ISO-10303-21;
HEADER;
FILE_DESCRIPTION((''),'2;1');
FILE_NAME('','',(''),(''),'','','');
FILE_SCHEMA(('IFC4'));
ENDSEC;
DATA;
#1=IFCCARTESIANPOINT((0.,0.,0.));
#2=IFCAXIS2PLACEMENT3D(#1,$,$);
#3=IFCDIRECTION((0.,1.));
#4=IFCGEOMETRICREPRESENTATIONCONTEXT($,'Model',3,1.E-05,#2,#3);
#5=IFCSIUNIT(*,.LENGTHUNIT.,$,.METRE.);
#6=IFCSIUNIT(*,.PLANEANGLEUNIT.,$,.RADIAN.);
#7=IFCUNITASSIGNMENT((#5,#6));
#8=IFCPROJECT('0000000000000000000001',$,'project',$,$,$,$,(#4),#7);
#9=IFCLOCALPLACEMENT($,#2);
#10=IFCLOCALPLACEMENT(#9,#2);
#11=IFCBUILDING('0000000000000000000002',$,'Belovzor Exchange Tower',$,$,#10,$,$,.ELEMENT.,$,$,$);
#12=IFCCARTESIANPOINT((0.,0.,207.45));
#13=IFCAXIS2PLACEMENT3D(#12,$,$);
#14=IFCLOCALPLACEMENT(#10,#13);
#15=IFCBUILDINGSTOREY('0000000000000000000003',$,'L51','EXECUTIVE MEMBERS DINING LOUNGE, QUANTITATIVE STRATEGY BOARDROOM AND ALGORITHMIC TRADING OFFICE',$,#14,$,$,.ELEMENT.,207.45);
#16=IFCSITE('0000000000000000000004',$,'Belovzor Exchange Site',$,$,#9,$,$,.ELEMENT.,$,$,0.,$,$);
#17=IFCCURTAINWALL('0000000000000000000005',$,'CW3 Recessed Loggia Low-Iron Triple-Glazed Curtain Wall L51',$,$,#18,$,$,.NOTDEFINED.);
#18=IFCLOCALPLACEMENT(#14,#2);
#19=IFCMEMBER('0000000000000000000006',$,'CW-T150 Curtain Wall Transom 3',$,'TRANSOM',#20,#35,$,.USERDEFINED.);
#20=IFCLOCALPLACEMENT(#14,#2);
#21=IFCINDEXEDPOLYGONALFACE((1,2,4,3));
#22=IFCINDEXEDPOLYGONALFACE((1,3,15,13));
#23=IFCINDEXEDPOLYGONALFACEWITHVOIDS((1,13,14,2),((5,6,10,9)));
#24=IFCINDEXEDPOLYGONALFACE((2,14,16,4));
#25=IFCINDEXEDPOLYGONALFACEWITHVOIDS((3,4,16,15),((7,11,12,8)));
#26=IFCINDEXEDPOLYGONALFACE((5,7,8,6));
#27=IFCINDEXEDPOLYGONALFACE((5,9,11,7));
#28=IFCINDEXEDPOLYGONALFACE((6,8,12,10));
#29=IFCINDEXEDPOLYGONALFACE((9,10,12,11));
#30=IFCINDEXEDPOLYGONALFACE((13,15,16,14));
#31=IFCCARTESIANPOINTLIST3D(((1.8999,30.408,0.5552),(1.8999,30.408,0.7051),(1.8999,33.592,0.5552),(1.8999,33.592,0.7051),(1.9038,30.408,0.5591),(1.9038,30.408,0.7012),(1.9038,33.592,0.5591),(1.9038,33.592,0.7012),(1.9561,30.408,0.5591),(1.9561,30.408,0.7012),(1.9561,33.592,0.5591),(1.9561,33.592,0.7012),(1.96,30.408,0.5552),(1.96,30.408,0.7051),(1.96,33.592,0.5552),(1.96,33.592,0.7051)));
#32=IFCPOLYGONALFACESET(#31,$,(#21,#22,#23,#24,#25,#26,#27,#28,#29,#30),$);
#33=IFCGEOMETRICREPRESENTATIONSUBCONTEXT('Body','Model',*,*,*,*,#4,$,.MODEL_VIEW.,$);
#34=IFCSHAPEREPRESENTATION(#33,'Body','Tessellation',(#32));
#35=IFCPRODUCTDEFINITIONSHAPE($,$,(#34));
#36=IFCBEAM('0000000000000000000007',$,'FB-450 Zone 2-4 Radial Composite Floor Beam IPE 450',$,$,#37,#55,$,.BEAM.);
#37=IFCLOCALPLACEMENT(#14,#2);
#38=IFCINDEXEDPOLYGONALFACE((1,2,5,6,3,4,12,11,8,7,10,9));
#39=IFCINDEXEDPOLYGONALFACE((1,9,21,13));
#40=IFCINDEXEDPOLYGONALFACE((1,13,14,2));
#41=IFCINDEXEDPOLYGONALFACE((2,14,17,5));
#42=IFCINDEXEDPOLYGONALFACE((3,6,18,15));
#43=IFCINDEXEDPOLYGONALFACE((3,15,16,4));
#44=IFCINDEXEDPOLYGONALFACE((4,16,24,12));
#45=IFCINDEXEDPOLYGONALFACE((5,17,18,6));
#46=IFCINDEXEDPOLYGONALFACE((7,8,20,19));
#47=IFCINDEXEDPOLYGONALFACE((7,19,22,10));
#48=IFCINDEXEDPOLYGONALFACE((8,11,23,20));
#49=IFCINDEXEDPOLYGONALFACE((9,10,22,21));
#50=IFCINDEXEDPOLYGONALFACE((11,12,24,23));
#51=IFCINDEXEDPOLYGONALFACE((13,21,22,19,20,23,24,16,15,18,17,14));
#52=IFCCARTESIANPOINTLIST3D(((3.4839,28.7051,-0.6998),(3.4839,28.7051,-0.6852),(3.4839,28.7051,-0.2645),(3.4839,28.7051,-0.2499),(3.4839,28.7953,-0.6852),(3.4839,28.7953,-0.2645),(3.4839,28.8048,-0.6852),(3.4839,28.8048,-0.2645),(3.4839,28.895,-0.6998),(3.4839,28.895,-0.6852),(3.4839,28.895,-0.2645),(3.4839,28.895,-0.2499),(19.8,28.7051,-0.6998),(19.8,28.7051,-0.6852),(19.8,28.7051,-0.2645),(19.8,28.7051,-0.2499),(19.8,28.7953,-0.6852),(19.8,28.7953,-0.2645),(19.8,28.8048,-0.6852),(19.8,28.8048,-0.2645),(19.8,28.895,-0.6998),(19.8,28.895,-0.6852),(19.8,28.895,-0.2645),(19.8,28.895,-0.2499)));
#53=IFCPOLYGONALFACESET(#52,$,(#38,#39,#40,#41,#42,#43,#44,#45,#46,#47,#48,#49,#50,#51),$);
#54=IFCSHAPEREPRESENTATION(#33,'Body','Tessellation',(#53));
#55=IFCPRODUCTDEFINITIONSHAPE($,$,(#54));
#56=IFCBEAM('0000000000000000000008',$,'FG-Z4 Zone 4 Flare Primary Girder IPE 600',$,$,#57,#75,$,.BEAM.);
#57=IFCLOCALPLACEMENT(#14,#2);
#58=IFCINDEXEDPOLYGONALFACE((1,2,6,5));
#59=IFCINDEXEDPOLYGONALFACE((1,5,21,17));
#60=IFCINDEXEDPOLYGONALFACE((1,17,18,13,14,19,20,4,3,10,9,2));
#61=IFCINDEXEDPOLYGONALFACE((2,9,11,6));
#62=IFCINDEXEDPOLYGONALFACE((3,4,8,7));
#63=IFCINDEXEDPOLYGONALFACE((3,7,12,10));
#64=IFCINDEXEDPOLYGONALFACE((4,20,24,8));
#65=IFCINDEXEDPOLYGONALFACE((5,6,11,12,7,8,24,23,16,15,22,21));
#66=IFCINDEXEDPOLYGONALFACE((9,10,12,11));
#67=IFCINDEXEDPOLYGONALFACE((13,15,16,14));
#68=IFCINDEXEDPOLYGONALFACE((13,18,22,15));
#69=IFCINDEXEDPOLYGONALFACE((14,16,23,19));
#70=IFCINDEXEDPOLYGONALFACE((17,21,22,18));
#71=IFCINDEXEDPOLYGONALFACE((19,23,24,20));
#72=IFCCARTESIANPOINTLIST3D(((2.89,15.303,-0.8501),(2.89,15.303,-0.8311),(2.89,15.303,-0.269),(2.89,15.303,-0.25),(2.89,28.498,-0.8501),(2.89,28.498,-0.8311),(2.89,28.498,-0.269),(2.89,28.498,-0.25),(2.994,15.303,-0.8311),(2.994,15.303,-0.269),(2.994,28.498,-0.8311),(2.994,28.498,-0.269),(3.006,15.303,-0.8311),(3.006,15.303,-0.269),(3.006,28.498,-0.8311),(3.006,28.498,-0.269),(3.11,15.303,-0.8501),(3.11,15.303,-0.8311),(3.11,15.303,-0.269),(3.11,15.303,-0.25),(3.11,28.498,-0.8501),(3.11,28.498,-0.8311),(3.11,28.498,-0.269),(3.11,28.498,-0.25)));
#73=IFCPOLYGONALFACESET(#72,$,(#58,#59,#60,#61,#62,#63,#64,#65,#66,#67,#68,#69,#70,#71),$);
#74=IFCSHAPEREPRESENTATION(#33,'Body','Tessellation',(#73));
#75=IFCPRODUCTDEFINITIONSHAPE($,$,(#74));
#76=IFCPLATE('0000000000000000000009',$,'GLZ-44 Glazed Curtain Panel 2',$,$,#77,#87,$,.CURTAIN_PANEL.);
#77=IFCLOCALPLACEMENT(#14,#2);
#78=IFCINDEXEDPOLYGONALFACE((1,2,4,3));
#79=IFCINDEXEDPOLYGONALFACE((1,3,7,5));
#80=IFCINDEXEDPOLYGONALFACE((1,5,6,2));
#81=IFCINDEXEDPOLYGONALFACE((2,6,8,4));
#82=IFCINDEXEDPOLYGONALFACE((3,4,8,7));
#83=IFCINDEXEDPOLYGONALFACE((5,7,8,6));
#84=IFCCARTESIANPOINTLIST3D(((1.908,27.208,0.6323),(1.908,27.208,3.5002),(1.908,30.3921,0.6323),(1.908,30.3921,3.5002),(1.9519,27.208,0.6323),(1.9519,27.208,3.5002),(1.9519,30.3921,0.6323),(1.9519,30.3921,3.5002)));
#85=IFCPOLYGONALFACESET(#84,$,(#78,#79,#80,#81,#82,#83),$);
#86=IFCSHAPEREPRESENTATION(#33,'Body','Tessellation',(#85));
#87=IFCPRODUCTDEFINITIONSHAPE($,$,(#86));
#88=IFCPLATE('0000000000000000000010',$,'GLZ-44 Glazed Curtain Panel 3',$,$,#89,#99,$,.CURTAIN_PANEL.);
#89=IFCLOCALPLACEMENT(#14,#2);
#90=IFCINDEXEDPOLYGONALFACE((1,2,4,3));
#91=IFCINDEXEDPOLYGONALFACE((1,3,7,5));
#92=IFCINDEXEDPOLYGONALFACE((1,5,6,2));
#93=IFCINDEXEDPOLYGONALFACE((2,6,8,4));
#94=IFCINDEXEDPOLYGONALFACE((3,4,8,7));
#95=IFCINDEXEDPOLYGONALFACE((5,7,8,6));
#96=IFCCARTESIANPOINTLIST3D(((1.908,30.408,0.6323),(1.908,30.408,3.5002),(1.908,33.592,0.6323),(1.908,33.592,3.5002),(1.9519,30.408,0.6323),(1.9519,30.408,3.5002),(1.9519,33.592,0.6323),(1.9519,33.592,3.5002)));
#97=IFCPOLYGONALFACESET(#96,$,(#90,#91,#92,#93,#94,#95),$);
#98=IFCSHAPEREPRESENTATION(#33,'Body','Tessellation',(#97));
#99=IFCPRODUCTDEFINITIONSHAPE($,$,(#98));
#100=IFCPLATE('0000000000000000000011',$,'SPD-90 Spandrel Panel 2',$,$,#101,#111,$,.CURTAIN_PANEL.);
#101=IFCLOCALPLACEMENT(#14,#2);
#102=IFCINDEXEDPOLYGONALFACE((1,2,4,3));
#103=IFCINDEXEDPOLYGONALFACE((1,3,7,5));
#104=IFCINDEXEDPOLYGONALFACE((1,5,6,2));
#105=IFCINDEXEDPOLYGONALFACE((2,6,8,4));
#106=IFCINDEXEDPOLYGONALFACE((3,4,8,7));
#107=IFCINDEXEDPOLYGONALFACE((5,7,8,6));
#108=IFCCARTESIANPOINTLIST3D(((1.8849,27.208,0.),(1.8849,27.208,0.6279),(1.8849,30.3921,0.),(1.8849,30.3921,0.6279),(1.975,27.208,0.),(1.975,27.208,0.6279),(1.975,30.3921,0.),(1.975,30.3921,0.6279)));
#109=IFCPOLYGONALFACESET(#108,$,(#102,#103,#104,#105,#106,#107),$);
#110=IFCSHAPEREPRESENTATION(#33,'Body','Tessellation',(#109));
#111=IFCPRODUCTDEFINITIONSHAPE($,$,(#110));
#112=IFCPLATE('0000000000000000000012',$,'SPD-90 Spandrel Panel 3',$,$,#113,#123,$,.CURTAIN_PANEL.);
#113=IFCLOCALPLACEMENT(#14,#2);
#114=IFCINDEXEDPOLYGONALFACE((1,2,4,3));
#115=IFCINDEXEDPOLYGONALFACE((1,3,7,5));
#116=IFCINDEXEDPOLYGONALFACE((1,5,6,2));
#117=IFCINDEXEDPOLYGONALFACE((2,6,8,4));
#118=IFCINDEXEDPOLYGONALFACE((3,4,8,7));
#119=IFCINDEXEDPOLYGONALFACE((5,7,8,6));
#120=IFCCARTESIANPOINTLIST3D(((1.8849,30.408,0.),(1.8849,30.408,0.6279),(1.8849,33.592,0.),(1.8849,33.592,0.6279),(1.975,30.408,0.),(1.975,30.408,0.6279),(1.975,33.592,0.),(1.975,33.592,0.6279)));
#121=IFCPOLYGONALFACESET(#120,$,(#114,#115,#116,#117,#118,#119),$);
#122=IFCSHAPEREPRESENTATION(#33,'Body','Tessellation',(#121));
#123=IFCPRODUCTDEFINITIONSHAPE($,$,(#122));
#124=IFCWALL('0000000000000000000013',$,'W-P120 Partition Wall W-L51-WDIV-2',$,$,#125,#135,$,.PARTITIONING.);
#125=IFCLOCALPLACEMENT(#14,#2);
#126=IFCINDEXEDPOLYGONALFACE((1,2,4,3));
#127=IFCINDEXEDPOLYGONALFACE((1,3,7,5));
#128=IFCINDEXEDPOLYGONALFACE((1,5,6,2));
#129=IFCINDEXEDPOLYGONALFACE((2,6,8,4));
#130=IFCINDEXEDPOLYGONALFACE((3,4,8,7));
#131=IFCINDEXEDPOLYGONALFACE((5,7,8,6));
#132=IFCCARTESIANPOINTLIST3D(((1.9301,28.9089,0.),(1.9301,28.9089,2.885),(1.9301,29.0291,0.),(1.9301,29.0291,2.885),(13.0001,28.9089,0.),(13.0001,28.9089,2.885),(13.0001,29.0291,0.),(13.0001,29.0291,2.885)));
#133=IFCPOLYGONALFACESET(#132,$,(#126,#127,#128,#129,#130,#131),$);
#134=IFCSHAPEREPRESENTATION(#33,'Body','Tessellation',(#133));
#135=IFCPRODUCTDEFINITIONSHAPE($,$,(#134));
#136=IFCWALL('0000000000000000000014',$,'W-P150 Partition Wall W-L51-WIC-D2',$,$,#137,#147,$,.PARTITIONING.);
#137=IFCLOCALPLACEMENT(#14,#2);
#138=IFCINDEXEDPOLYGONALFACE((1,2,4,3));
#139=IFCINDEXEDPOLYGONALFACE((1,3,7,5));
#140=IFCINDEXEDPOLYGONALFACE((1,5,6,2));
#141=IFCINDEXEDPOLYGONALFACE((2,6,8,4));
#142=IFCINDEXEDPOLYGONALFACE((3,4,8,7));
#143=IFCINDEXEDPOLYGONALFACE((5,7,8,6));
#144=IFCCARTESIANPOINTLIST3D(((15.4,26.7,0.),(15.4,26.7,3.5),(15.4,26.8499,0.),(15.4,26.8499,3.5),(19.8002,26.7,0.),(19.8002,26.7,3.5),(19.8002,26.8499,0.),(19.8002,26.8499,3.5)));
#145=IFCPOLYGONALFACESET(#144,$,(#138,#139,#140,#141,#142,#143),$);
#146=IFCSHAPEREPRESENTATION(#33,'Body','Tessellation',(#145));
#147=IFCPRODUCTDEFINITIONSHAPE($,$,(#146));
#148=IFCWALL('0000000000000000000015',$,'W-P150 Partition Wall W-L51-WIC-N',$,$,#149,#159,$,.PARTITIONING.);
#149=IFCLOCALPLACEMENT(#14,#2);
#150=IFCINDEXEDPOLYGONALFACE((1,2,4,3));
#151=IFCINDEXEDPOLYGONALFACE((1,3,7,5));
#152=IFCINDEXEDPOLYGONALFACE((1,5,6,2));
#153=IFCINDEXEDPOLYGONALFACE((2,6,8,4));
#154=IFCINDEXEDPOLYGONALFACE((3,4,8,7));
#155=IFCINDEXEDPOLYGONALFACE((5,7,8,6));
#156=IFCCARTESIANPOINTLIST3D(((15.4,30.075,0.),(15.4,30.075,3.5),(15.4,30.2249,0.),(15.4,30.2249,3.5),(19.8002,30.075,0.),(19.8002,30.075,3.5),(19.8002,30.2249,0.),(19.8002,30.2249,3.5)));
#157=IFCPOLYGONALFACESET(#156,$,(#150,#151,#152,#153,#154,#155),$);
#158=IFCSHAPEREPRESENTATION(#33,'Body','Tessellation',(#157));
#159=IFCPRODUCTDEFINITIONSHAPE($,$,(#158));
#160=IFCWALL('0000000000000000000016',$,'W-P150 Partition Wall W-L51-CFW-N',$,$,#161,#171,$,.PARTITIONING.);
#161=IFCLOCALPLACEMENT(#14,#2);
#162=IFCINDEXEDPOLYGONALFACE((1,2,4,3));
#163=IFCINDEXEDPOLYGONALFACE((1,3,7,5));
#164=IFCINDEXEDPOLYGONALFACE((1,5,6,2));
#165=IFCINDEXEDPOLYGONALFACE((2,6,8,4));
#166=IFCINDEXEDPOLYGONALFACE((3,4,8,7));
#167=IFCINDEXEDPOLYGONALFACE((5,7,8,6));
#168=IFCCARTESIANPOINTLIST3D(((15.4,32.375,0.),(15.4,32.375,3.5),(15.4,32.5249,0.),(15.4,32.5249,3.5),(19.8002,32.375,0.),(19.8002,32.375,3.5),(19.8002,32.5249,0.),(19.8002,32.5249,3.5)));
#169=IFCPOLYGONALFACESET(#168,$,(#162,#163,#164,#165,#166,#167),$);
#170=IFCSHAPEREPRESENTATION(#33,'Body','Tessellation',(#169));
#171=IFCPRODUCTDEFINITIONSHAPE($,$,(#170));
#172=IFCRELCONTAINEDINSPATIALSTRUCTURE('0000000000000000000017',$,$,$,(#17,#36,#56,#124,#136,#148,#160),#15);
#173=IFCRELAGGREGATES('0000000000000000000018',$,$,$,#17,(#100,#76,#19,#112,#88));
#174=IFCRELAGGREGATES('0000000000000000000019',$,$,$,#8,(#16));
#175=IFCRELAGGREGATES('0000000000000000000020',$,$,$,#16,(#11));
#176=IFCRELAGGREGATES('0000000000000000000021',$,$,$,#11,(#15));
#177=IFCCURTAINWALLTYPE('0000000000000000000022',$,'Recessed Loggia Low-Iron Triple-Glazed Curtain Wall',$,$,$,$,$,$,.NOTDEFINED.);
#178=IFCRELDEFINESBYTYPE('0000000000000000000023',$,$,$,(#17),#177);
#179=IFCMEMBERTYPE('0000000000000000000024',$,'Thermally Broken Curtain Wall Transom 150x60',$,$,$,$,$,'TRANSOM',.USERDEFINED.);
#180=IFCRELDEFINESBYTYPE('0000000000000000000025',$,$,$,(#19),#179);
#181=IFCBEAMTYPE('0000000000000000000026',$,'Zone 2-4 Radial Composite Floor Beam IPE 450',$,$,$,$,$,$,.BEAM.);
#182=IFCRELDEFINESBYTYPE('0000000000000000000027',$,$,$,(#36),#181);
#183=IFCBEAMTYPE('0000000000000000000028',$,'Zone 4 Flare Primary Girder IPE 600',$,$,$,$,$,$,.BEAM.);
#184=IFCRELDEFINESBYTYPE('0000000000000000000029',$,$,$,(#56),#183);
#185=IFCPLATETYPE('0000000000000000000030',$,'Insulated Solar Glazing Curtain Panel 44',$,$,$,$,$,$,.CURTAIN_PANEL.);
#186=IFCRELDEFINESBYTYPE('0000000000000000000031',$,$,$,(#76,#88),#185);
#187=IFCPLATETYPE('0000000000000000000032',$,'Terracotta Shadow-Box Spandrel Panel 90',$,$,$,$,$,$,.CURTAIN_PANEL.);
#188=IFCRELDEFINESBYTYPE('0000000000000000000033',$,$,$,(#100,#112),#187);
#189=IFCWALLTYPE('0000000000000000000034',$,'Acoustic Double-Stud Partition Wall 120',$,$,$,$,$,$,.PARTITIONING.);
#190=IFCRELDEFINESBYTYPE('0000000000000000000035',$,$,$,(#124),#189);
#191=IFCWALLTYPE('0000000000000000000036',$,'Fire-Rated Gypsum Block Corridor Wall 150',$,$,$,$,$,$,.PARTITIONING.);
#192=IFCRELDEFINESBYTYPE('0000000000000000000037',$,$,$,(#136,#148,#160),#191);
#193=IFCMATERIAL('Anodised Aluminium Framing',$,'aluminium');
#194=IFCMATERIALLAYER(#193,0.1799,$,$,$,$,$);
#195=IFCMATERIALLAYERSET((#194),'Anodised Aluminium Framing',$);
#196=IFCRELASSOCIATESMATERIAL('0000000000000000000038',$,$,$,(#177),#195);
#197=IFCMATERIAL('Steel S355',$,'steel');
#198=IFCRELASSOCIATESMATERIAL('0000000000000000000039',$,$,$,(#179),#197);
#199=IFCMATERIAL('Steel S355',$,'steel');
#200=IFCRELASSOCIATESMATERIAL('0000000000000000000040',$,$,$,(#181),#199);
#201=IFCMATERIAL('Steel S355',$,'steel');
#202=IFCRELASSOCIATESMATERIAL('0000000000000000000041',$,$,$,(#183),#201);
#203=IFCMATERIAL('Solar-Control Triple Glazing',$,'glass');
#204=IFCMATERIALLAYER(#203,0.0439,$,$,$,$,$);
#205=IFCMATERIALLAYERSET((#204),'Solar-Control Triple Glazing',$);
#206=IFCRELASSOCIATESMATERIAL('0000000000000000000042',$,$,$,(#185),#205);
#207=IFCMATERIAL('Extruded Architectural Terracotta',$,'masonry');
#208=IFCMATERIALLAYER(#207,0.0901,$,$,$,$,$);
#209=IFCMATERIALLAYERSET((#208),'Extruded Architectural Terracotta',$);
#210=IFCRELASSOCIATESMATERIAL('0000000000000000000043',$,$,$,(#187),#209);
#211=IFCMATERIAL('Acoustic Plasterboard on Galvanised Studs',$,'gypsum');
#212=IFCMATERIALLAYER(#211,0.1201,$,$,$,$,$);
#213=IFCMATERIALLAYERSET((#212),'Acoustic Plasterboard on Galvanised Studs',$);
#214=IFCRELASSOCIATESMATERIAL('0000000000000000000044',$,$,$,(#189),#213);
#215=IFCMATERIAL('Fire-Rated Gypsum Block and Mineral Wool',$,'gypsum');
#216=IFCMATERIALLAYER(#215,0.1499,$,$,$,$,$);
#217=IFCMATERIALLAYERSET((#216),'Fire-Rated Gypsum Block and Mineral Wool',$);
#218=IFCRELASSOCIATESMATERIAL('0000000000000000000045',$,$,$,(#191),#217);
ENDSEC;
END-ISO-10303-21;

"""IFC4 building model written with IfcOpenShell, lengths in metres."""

from ifc_helpers import new_model, si_unit, direction, frame, frame_2d, origin, origin_2d, place, context, subcontext, project, spatial, rectangle, hollow_rectangle, i_section, extrude, material, layer, layer_set, material_profile, profile_set, type_object, element, aggregate, save


model = new_model("IFC4")

# Units and contexts
model_context = context("Model", 3, precision=1e-05, world=origin(), true_north=direction((0.0, 1.0)))
body_context = subcontext(model_context, "Body", "Model", "MODEL_VIEW")
ifc_project = project(units=[si_unit("LENGTHUNIT", "METRE"), si_unit("PLANEANGLEUNIT", "RADIAN")], contexts=[model_context])

# Site, building, storey
site_placement = place(None, origin())
site = spatial("IfcSite", under=ifc_project, at=site_placement, Name="Belovzor Exchange Site", CompositionType="ELEMENT", RefElevation=0.0)
building_placement = place(site_placement, origin())
building = spatial("IfcBuilding", under=site, at=building_placement, Name="Belovzor Exchange Tower", CompositionType="ELEMENT")
storey_placement = place(building_placement, frame((0.0, 0.0, 207.45)))
storey = spatial("IfcBuildingStorey", under=building, at=storey_placement, Name="L51", Description="EXECUTIVE MEMBERS DINING LOUNGE, QUANTITATIVE STRATEGY BOARDROOM AND ALGORITHMIC TRADING OFFICE", CompositionType="ELEMENT", Elevation=207.45)

# Curtain wall, member
ifc_material_1 = material(Name="Anodised Aluminium Framing", Category="aluminium")
ifc_layer_1 = layer(ifc_material_1, 0.1799)
ifc_layer_set_1 = layer_set([ifc_layer_1], Name="Anodised Aluminium Framing")
curtain_wall_type = type_object("IfcCurtainWallType", Name="Recessed Loggia Low-Iron Triple-Glazed Curtain Wall", PredefinedType="NOTDEFINED", material=ifc_layer_set_1)
curtain_wall_placement = place(storey_placement, origin())
curtain_wall = element("IfcCurtainWall", 1, at=curtain_wall_placement, inside=storey, type_object=curtain_wall_type, Name="CW3 Recessed Loggia Low-Iron Triple-Glazed Curtain Wall L51", PredefinedType="NOTDEFINED")
ifc_material_2 = material(Name="Steel S355", Category="steel")
ifc_material_profile_1 = material_profile(ifc_material_2, hollow_rectangle(XDim=0.0601, YDim=0.1499, WallThickness=0.0039, at=origin_2d()))
ifc_profile_set_1 = profile_set([ifc_material_profile_1], Name="Steel S355")
member_type_1 = type_object("IfcMemberType", Name="Thermally Broken Curtain Wall Transom 150x60", ElementType="TRANSOM", PredefinedType="USERDEFINED", material=ifc_profile_set_1)
member_1_placement = place(storey_placement, frame((1.9299, 30.408, 0.6301), z_axis=(0.0, 1.0, 0.0), x_axis=(-1.0, 0.0, 0.0)))
member_1 = element("IfcMember", 2, at=member_1_placement, type_object=member_type_1, Name="CW-T150 Curtain Wall Transom 3", ObjectType="TRANSOM", PredefinedType="USERDEFINED", context=body_context, shape_type="SweptSolid", body=[
    extrude(hollow_rectangle(XDim=0.0601, YDim=0.1499, WallThickness=0.0039, at=origin_2d()), origin(), (0.0, 0.0, 1.0), 3.1841),
])

# Beams
ifc_material_3 = material(Name="Steel S355", Category="steel")
ifc_material_profile_2 = material_profile(ifc_material_3, i_section(OverallWidth=0.1899, OverallDepth=0.45, WebThickness=0.0095, FlangeThickness=0.0146, at=origin_2d()))
ifc_profile_set_2 = profile_set([ifc_material_profile_2], Name="Steel S355")
beam_type_1 = type_object("IfcBeamType", Name="Zone 2-4 Radial Composite Floor Beam IPE 450", PredefinedType="BEAM", material=ifc_profile_set_2)
beam_1_placement = place(storey_placement, frame((19.8, 28.8, -0.4749), z_axis=(-1.0, 0.0, 0.0), x_axis=(0.0, -1.0, 0.0)))
element("IfcBeam", 3, at=beam_1_placement, inside=storey, type_object=beam_type_1, Name="FB-450 Zone 2-4 Radial Composite Floor Beam IPE 450", PredefinedType="BEAM", context=body_context, shape_type="SweptSolid", body=[
    extrude(i_section(OverallWidth=0.1899, OverallDepth=0.45, WebThickness=0.0095, FlangeThickness=0.0146, at=origin_2d()), origin(), (0.0, 0.0, 1.0), 16.3162),
])
ifc_material_4 = material(Name="Steel S355", Category="steel")
ifc_material_profile_3 = material_profile(ifc_material_4, i_section(OverallWidth=0.22, OverallDepth=0.6001, WebThickness=0.012, FlangeThickness=0.019, at=origin_2d()))
ifc_profile_set_3 = profile_set([ifc_material_profile_3], Name="Steel S355")
beam_type_2 = type_object("IfcBeamType", Name="Zone 4 Flare Primary Girder IPE 600", PredefinedType="BEAM", material=ifc_profile_set_3)
beam_2_placement = place(storey_placement, frame((3.0, 28.498, -0.55), z_axis=(0.0, -1.0, 0.0), x_axis=(1.0, 0.0, 0.0)))
element("IfcBeam", 4, at=beam_2_placement, inside=storey, type_object=beam_type_2, Name="FG-Z4 Zone 4 Flare Primary Girder IPE 600", PredefinedType="BEAM", context=body_context, shape_type="SweptSolid", body=[
    extrude(i_section(OverallWidth=0.22, OverallDepth=0.6001, WebThickness=0.012, FlangeThickness=0.019, at=origin_2d()), origin(), (0.0, 0.0, 1.0), 13.1951),
])

# Plates
ifc_material_5 = material(Name="Solar-Control Triple Glazing", Category="glass")
ifc_layer_2 = layer(ifc_material_5, 0.0439)
ifc_layer_set_2 = layer_set([ifc_layer_2], Name="Solar-Control Triple Glazing")
plate_type_1 = type_object("IfcPlateType", Name="Insulated Solar Glazing Curtain Panel 44", PredefinedType="CURTAIN_PANEL", material=ifc_layer_set_2)
plate_1_placement = place(storey_placement, frame((1.9299, 28.8, 0.6323), z_axis=(0.0, 0.0, 1.0), x_axis=(0.0, 1.0, 0.0)))
plate_1 = element("IfcPlate", 5, at=plate_1_placement, type_object=plate_type_1, Name="GLZ-44 Glazed Curtain Panel 2", PredefinedType="CURTAIN_PANEL", context=body_context, shape_type="SweptSolid", body=[
    extrude(rectangle(XDim=3.1841, YDim=0.0439, at=origin_2d()), origin(), (0.0, 0.0, 1.0), 2.8679),
])
plate_2_placement = place(storey_placement, frame((1.9299, 32.0, 0.6323), z_axis=(0.0, 0.0, 1.0), x_axis=(0.0, 1.0, 0.0)))
plate_2 = element("IfcPlate", 6, at=plate_2_placement, type_object=plate_type_1, Name="GLZ-44 Glazed Curtain Panel 3", PredefinedType="CURTAIN_PANEL", context=body_context, shape_type="SweptSolid", body=[
    extrude(rectangle(XDim=3.1841, YDim=0.0439, at=origin_2d()), origin(), (0.0, 0.0, 1.0), 2.8679),
])
ifc_material_6 = material(Name="Extruded Architectural Terracotta", Category="masonry")
ifc_layer_3 = layer(ifc_material_6, 0.0901)
ifc_layer_set_3 = layer_set([ifc_layer_3], Name="Extruded Architectural Terracotta")
plate_type_2 = type_object("IfcPlateType", Name="Terracotta Shadow-Box Spandrel Panel 90", PredefinedType="CURTAIN_PANEL", material=ifc_layer_set_3)
plate_3_placement = place(storey_placement, frame((1.9299, 28.8, 0.0), z_axis=(0.0, 0.0, 1.0), x_axis=(0.0, 1.0, 0.0)))
plate_3 = element("IfcPlate", 7, at=plate_3_placement, type_object=plate_type_2, Name="SPD-90 Spandrel Panel 2", PredefinedType="CURTAIN_PANEL", context=body_context, shape_type="SweptSolid", body=[
    extrude(rectangle(XDim=3.1841, YDim=0.0901, at=origin_2d()), origin(), (0.0, 0.0, 1.0), 0.6279),
])
plate_4_placement = place(storey_placement, frame((1.9299, 32.0, 0.0), z_axis=(0.0, 0.0, 1.0), x_axis=(0.0, 1.0, 0.0)))
plate_4 = element("IfcPlate", 8, at=plate_4_placement, type_object=plate_type_2, Name="SPD-90 Spandrel Panel 3", PredefinedType="CURTAIN_PANEL", context=body_context, shape_type="SweptSolid", body=[
    extrude(rectangle(XDim=3.1841, YDim=0.0901, at=origin_2d()), origin(), (0.0, 0.0, 1.0), 0.6279),
])
aggregate(curtain_wall, [plate_3, plate_1, member_1, plate_4, plate_2])

# Walls
ifc_material_7 = material(Name="Acoustic Plasterboard on Galvanised Studs", Category="gypsum")
ifc_layer_4 = layer(ifc_material_7, 0.1201)
ifc_layer_set_4 = layer_set([ifc_layer_4], Name="Acoustic Plasterboard on Galvanised Studs")
wall_type_1 = type_object("IfcWallType", Name="Acoustic Double-Stud Partition Wall 120", PredefinedType="PARTITIONING", material=ifc_layer_set_4)
wall_1_placement = place(storey_placement, frame((1.9299, 28.969, 0.0), z_axis=(0.0, 0.0, 1.0), x_axis=(1.0, 0.0, 0.0)))
element("IfcWall", 9, at=wall_1_placement, inside=storey, type_object=wall_type_1, Name="W-P120 Partition Wall W-L51-WDIV-2", PredefinedType="PARTITIONING", context=body_context, shape_type="SweptSolid", body=[
    extrude(rectangle(XDim=11.0701, YDim=0.1201, at=frame_2d((5.5352, 0.0))), origin(), (0.0, 0.0, 1.0), 2.885),
])
ifc_material_8 = material(Name="Fire-Rated Gypsum Block and Mineral Wool", Category="gypsum")
ifc_layer_5 = layer(ifc_material_8, 0.1499)
ifc_layer_set_5 = layer_set([ifc_layer_5], Name="Fire-Rated Gypsum Block and Mineral Wool")
wall_type_2 = type_object("IfcWallType", Name="Fire-Rated Gypsum Block Corridor Wall 150", PredefinedType="PARTITIONING", material=ifc_layer_set_5)
for number, where, z_axis, x_axis, name in (
    (10, (15.3999, 26.7749, 0.0), (0.0, 0.0, 1.0), (1.0, 0.0, 0.0), "W-P150 Partition Wall W-L51-WIC-D2"),
    (11, (15.3999, 30.1499, 0.0), (0.0, 0.0, 1.0), (1.0, 0.0, 0.0), "W-P150 Partition Wall W-L51-WIC-N"),
    (12, (15.3999, 32.45, 0.0), (0.0, 0.0, 1.0), (1.0, 0.0, 0.0), "W-P150 Partition Wall W-L51-CFW-N"),
):
    element("IfcWall", number, at=place(storey_placement, frame(where, z_axis=z_axis, x_axis=x_axis)), inside=storey, type_object=wall_type_2, Name=name, PredefinedType="PARTITIONING", context=body_context, shape_type="SweptSolid", body=[
        extrude(rectangle(XDim=4.4001, YDim=0.1499, at=frame_2d((2.2002, 0.0))), origin(), (0.0, 0.0, 1.0), 3.5),
    ])

save(model, "model.ifc")
